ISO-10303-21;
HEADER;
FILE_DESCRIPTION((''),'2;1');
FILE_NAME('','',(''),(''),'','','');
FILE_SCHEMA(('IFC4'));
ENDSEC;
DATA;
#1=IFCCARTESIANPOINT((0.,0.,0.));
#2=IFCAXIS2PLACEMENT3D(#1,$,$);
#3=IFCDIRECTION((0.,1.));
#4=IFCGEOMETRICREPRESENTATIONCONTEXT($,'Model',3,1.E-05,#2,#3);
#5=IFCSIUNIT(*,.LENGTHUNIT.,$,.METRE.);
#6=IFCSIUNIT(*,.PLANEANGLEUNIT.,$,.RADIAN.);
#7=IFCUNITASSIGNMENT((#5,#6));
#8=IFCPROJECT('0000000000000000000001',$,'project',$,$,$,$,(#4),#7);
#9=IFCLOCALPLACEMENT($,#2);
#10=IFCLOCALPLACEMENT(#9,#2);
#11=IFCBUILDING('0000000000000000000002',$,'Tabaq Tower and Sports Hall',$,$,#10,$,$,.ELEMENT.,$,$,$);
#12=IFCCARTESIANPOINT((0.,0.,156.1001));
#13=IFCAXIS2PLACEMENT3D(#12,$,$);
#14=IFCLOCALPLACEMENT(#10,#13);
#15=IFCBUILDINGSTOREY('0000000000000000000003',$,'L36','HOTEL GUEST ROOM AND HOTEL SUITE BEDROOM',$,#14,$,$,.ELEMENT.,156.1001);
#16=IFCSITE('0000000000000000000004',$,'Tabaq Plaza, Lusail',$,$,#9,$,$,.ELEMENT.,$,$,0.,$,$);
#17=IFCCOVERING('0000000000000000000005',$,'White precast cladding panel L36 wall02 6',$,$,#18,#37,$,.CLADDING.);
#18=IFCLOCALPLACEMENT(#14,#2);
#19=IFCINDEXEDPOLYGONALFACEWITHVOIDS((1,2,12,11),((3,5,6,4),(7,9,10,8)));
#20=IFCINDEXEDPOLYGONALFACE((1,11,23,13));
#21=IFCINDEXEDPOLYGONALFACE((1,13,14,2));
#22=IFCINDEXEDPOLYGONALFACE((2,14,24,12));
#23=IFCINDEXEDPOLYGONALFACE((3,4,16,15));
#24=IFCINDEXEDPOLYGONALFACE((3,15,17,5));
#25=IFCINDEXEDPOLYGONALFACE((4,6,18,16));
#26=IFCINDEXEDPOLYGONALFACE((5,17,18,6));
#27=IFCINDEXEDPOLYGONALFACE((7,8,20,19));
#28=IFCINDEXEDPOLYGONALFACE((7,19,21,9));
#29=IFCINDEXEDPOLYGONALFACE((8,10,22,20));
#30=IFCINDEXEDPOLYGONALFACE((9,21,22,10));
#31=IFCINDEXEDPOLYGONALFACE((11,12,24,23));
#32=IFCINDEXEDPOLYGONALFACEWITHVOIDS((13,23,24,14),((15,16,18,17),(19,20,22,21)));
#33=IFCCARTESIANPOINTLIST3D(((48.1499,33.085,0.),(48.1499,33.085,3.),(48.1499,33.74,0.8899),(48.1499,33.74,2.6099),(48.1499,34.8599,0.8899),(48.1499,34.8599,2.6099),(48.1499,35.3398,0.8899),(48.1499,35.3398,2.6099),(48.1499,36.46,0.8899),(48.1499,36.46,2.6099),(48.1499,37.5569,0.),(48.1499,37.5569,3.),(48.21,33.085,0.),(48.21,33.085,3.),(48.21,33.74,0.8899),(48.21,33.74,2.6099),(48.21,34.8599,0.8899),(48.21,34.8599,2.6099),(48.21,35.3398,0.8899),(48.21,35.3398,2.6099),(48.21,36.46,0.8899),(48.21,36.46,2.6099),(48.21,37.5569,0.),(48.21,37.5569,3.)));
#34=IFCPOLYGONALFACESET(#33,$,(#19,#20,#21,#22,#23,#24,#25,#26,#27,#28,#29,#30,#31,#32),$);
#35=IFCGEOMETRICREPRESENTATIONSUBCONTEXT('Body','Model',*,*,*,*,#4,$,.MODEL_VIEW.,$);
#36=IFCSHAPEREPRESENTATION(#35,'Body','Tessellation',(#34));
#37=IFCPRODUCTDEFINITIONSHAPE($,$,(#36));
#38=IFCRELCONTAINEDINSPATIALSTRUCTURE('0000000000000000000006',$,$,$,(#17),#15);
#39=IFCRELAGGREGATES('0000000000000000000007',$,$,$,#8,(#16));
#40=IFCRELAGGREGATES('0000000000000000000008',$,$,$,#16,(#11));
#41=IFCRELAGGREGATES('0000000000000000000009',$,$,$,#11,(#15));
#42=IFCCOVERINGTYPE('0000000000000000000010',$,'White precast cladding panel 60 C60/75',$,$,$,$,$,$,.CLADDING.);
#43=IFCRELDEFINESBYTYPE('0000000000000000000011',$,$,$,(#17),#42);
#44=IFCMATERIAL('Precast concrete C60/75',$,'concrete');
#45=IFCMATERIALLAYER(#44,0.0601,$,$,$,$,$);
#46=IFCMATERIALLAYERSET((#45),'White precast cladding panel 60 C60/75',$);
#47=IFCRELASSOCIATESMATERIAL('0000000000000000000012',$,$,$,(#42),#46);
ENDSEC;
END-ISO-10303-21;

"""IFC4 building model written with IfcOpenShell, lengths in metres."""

from ifc_helpers import new_model, si_unit, direction, frame, origin, place, context, subcontext, project, spatial, polyline, outline, extrude, material, layer, layer_set, type_object, element, save


model = new_model("IFC4")

# Units and contexts
model_context = context("Model", 3, precision=1e-05, world=origin(), true_north=direction((0.0, 1.0)))
body_context = subcontext(model_context, "Body", "Model", "MODEL_VIEW")
ifc_project = project(units=[si_unit("LENGTHUNIT", "METRE"), si_unit("PLANEANGLEUNIT", "RADIAN")], contexts=[model_context])

# Site, building, storey
site_placement = place(None, origin())
site = spatial("IfcSite", under=ifc_project, at=site_placement, Name="Tabaq Plaza, Lusail", CompositionType="ELEMENT", RefElevation=0.0)
building_placement = place(site_placement, origin())
building = spatial("IfcBuilding", under=site, at=building_placement, Name="Tabaq Tower and Sports Hall", CompositionType="ELEMENT")
storey_placement = place(building_placement, frame((0.0, 0.0, 156.1001)))
storey = spatial("IfcBuildingStorey", under=building, at=storey_placement, Name="L36", Description="HOTEL GUEST ROOM AND HOTEL SUITE BEDROOM", CompositionType="ELEMENT", Elevation=156.1001)

# Covering
ifc_material_1 = material(Name="Precast concrete C60/75", Category="concrete")
ifc_layer_1 = layer(ifc_material_1, 0.0601)
ifc_layer_set_1 = layer_set([ifc_layer_1], Name="White precast cladding panel 60 C60/75")
covering_type_1 = type_object("IfcCoveringType", Name="White precast cladding panel 60 C60/75", PredefinedType="CLADDING", material=ifc_layer_set_1)
covering_1_placement = place(storey_placement, frame((48.1799, 33.085, 0.0), z_axis=(0.0, 0.0, 1.0), x_axis=(0.0, 1.0, 0.0)))
element("IfcCovering", 1, at=covering_1_placement, inside=storey, type_object=covering_type_1, Name="White precast cladding panel L36 wall02 6", PredefinedType="CLADDING", context=body_context, shape_type="SweptSolid", body=[
    extrude(outline(polyline([(0.0, 0.0), (4.4719, 0.0), (4.4719, 3.0), (0.0, 3.0), (0.0, 0.0)]), holes=[polyline([(0.655, 2.6099), (1.7749, 2.6099), (1.7749, 0.8899), (0.655, 0.8899), (0.655, 2.6099)]), polyline([(2.2549, 2.6099), (3.375, 2.6099), (3.375, 0.8899), (2.2549, 0.8899), (2.2549, 2.6099)])]), frame((0.0, 0.03, 0.0), z_axis=(0.0, -1.0, 0.0), x_axis=(1.0, 0.0, 0.0)), (0.0, 0.0, 1.0), 0.0601),
])

save(model, "model.ifc")
